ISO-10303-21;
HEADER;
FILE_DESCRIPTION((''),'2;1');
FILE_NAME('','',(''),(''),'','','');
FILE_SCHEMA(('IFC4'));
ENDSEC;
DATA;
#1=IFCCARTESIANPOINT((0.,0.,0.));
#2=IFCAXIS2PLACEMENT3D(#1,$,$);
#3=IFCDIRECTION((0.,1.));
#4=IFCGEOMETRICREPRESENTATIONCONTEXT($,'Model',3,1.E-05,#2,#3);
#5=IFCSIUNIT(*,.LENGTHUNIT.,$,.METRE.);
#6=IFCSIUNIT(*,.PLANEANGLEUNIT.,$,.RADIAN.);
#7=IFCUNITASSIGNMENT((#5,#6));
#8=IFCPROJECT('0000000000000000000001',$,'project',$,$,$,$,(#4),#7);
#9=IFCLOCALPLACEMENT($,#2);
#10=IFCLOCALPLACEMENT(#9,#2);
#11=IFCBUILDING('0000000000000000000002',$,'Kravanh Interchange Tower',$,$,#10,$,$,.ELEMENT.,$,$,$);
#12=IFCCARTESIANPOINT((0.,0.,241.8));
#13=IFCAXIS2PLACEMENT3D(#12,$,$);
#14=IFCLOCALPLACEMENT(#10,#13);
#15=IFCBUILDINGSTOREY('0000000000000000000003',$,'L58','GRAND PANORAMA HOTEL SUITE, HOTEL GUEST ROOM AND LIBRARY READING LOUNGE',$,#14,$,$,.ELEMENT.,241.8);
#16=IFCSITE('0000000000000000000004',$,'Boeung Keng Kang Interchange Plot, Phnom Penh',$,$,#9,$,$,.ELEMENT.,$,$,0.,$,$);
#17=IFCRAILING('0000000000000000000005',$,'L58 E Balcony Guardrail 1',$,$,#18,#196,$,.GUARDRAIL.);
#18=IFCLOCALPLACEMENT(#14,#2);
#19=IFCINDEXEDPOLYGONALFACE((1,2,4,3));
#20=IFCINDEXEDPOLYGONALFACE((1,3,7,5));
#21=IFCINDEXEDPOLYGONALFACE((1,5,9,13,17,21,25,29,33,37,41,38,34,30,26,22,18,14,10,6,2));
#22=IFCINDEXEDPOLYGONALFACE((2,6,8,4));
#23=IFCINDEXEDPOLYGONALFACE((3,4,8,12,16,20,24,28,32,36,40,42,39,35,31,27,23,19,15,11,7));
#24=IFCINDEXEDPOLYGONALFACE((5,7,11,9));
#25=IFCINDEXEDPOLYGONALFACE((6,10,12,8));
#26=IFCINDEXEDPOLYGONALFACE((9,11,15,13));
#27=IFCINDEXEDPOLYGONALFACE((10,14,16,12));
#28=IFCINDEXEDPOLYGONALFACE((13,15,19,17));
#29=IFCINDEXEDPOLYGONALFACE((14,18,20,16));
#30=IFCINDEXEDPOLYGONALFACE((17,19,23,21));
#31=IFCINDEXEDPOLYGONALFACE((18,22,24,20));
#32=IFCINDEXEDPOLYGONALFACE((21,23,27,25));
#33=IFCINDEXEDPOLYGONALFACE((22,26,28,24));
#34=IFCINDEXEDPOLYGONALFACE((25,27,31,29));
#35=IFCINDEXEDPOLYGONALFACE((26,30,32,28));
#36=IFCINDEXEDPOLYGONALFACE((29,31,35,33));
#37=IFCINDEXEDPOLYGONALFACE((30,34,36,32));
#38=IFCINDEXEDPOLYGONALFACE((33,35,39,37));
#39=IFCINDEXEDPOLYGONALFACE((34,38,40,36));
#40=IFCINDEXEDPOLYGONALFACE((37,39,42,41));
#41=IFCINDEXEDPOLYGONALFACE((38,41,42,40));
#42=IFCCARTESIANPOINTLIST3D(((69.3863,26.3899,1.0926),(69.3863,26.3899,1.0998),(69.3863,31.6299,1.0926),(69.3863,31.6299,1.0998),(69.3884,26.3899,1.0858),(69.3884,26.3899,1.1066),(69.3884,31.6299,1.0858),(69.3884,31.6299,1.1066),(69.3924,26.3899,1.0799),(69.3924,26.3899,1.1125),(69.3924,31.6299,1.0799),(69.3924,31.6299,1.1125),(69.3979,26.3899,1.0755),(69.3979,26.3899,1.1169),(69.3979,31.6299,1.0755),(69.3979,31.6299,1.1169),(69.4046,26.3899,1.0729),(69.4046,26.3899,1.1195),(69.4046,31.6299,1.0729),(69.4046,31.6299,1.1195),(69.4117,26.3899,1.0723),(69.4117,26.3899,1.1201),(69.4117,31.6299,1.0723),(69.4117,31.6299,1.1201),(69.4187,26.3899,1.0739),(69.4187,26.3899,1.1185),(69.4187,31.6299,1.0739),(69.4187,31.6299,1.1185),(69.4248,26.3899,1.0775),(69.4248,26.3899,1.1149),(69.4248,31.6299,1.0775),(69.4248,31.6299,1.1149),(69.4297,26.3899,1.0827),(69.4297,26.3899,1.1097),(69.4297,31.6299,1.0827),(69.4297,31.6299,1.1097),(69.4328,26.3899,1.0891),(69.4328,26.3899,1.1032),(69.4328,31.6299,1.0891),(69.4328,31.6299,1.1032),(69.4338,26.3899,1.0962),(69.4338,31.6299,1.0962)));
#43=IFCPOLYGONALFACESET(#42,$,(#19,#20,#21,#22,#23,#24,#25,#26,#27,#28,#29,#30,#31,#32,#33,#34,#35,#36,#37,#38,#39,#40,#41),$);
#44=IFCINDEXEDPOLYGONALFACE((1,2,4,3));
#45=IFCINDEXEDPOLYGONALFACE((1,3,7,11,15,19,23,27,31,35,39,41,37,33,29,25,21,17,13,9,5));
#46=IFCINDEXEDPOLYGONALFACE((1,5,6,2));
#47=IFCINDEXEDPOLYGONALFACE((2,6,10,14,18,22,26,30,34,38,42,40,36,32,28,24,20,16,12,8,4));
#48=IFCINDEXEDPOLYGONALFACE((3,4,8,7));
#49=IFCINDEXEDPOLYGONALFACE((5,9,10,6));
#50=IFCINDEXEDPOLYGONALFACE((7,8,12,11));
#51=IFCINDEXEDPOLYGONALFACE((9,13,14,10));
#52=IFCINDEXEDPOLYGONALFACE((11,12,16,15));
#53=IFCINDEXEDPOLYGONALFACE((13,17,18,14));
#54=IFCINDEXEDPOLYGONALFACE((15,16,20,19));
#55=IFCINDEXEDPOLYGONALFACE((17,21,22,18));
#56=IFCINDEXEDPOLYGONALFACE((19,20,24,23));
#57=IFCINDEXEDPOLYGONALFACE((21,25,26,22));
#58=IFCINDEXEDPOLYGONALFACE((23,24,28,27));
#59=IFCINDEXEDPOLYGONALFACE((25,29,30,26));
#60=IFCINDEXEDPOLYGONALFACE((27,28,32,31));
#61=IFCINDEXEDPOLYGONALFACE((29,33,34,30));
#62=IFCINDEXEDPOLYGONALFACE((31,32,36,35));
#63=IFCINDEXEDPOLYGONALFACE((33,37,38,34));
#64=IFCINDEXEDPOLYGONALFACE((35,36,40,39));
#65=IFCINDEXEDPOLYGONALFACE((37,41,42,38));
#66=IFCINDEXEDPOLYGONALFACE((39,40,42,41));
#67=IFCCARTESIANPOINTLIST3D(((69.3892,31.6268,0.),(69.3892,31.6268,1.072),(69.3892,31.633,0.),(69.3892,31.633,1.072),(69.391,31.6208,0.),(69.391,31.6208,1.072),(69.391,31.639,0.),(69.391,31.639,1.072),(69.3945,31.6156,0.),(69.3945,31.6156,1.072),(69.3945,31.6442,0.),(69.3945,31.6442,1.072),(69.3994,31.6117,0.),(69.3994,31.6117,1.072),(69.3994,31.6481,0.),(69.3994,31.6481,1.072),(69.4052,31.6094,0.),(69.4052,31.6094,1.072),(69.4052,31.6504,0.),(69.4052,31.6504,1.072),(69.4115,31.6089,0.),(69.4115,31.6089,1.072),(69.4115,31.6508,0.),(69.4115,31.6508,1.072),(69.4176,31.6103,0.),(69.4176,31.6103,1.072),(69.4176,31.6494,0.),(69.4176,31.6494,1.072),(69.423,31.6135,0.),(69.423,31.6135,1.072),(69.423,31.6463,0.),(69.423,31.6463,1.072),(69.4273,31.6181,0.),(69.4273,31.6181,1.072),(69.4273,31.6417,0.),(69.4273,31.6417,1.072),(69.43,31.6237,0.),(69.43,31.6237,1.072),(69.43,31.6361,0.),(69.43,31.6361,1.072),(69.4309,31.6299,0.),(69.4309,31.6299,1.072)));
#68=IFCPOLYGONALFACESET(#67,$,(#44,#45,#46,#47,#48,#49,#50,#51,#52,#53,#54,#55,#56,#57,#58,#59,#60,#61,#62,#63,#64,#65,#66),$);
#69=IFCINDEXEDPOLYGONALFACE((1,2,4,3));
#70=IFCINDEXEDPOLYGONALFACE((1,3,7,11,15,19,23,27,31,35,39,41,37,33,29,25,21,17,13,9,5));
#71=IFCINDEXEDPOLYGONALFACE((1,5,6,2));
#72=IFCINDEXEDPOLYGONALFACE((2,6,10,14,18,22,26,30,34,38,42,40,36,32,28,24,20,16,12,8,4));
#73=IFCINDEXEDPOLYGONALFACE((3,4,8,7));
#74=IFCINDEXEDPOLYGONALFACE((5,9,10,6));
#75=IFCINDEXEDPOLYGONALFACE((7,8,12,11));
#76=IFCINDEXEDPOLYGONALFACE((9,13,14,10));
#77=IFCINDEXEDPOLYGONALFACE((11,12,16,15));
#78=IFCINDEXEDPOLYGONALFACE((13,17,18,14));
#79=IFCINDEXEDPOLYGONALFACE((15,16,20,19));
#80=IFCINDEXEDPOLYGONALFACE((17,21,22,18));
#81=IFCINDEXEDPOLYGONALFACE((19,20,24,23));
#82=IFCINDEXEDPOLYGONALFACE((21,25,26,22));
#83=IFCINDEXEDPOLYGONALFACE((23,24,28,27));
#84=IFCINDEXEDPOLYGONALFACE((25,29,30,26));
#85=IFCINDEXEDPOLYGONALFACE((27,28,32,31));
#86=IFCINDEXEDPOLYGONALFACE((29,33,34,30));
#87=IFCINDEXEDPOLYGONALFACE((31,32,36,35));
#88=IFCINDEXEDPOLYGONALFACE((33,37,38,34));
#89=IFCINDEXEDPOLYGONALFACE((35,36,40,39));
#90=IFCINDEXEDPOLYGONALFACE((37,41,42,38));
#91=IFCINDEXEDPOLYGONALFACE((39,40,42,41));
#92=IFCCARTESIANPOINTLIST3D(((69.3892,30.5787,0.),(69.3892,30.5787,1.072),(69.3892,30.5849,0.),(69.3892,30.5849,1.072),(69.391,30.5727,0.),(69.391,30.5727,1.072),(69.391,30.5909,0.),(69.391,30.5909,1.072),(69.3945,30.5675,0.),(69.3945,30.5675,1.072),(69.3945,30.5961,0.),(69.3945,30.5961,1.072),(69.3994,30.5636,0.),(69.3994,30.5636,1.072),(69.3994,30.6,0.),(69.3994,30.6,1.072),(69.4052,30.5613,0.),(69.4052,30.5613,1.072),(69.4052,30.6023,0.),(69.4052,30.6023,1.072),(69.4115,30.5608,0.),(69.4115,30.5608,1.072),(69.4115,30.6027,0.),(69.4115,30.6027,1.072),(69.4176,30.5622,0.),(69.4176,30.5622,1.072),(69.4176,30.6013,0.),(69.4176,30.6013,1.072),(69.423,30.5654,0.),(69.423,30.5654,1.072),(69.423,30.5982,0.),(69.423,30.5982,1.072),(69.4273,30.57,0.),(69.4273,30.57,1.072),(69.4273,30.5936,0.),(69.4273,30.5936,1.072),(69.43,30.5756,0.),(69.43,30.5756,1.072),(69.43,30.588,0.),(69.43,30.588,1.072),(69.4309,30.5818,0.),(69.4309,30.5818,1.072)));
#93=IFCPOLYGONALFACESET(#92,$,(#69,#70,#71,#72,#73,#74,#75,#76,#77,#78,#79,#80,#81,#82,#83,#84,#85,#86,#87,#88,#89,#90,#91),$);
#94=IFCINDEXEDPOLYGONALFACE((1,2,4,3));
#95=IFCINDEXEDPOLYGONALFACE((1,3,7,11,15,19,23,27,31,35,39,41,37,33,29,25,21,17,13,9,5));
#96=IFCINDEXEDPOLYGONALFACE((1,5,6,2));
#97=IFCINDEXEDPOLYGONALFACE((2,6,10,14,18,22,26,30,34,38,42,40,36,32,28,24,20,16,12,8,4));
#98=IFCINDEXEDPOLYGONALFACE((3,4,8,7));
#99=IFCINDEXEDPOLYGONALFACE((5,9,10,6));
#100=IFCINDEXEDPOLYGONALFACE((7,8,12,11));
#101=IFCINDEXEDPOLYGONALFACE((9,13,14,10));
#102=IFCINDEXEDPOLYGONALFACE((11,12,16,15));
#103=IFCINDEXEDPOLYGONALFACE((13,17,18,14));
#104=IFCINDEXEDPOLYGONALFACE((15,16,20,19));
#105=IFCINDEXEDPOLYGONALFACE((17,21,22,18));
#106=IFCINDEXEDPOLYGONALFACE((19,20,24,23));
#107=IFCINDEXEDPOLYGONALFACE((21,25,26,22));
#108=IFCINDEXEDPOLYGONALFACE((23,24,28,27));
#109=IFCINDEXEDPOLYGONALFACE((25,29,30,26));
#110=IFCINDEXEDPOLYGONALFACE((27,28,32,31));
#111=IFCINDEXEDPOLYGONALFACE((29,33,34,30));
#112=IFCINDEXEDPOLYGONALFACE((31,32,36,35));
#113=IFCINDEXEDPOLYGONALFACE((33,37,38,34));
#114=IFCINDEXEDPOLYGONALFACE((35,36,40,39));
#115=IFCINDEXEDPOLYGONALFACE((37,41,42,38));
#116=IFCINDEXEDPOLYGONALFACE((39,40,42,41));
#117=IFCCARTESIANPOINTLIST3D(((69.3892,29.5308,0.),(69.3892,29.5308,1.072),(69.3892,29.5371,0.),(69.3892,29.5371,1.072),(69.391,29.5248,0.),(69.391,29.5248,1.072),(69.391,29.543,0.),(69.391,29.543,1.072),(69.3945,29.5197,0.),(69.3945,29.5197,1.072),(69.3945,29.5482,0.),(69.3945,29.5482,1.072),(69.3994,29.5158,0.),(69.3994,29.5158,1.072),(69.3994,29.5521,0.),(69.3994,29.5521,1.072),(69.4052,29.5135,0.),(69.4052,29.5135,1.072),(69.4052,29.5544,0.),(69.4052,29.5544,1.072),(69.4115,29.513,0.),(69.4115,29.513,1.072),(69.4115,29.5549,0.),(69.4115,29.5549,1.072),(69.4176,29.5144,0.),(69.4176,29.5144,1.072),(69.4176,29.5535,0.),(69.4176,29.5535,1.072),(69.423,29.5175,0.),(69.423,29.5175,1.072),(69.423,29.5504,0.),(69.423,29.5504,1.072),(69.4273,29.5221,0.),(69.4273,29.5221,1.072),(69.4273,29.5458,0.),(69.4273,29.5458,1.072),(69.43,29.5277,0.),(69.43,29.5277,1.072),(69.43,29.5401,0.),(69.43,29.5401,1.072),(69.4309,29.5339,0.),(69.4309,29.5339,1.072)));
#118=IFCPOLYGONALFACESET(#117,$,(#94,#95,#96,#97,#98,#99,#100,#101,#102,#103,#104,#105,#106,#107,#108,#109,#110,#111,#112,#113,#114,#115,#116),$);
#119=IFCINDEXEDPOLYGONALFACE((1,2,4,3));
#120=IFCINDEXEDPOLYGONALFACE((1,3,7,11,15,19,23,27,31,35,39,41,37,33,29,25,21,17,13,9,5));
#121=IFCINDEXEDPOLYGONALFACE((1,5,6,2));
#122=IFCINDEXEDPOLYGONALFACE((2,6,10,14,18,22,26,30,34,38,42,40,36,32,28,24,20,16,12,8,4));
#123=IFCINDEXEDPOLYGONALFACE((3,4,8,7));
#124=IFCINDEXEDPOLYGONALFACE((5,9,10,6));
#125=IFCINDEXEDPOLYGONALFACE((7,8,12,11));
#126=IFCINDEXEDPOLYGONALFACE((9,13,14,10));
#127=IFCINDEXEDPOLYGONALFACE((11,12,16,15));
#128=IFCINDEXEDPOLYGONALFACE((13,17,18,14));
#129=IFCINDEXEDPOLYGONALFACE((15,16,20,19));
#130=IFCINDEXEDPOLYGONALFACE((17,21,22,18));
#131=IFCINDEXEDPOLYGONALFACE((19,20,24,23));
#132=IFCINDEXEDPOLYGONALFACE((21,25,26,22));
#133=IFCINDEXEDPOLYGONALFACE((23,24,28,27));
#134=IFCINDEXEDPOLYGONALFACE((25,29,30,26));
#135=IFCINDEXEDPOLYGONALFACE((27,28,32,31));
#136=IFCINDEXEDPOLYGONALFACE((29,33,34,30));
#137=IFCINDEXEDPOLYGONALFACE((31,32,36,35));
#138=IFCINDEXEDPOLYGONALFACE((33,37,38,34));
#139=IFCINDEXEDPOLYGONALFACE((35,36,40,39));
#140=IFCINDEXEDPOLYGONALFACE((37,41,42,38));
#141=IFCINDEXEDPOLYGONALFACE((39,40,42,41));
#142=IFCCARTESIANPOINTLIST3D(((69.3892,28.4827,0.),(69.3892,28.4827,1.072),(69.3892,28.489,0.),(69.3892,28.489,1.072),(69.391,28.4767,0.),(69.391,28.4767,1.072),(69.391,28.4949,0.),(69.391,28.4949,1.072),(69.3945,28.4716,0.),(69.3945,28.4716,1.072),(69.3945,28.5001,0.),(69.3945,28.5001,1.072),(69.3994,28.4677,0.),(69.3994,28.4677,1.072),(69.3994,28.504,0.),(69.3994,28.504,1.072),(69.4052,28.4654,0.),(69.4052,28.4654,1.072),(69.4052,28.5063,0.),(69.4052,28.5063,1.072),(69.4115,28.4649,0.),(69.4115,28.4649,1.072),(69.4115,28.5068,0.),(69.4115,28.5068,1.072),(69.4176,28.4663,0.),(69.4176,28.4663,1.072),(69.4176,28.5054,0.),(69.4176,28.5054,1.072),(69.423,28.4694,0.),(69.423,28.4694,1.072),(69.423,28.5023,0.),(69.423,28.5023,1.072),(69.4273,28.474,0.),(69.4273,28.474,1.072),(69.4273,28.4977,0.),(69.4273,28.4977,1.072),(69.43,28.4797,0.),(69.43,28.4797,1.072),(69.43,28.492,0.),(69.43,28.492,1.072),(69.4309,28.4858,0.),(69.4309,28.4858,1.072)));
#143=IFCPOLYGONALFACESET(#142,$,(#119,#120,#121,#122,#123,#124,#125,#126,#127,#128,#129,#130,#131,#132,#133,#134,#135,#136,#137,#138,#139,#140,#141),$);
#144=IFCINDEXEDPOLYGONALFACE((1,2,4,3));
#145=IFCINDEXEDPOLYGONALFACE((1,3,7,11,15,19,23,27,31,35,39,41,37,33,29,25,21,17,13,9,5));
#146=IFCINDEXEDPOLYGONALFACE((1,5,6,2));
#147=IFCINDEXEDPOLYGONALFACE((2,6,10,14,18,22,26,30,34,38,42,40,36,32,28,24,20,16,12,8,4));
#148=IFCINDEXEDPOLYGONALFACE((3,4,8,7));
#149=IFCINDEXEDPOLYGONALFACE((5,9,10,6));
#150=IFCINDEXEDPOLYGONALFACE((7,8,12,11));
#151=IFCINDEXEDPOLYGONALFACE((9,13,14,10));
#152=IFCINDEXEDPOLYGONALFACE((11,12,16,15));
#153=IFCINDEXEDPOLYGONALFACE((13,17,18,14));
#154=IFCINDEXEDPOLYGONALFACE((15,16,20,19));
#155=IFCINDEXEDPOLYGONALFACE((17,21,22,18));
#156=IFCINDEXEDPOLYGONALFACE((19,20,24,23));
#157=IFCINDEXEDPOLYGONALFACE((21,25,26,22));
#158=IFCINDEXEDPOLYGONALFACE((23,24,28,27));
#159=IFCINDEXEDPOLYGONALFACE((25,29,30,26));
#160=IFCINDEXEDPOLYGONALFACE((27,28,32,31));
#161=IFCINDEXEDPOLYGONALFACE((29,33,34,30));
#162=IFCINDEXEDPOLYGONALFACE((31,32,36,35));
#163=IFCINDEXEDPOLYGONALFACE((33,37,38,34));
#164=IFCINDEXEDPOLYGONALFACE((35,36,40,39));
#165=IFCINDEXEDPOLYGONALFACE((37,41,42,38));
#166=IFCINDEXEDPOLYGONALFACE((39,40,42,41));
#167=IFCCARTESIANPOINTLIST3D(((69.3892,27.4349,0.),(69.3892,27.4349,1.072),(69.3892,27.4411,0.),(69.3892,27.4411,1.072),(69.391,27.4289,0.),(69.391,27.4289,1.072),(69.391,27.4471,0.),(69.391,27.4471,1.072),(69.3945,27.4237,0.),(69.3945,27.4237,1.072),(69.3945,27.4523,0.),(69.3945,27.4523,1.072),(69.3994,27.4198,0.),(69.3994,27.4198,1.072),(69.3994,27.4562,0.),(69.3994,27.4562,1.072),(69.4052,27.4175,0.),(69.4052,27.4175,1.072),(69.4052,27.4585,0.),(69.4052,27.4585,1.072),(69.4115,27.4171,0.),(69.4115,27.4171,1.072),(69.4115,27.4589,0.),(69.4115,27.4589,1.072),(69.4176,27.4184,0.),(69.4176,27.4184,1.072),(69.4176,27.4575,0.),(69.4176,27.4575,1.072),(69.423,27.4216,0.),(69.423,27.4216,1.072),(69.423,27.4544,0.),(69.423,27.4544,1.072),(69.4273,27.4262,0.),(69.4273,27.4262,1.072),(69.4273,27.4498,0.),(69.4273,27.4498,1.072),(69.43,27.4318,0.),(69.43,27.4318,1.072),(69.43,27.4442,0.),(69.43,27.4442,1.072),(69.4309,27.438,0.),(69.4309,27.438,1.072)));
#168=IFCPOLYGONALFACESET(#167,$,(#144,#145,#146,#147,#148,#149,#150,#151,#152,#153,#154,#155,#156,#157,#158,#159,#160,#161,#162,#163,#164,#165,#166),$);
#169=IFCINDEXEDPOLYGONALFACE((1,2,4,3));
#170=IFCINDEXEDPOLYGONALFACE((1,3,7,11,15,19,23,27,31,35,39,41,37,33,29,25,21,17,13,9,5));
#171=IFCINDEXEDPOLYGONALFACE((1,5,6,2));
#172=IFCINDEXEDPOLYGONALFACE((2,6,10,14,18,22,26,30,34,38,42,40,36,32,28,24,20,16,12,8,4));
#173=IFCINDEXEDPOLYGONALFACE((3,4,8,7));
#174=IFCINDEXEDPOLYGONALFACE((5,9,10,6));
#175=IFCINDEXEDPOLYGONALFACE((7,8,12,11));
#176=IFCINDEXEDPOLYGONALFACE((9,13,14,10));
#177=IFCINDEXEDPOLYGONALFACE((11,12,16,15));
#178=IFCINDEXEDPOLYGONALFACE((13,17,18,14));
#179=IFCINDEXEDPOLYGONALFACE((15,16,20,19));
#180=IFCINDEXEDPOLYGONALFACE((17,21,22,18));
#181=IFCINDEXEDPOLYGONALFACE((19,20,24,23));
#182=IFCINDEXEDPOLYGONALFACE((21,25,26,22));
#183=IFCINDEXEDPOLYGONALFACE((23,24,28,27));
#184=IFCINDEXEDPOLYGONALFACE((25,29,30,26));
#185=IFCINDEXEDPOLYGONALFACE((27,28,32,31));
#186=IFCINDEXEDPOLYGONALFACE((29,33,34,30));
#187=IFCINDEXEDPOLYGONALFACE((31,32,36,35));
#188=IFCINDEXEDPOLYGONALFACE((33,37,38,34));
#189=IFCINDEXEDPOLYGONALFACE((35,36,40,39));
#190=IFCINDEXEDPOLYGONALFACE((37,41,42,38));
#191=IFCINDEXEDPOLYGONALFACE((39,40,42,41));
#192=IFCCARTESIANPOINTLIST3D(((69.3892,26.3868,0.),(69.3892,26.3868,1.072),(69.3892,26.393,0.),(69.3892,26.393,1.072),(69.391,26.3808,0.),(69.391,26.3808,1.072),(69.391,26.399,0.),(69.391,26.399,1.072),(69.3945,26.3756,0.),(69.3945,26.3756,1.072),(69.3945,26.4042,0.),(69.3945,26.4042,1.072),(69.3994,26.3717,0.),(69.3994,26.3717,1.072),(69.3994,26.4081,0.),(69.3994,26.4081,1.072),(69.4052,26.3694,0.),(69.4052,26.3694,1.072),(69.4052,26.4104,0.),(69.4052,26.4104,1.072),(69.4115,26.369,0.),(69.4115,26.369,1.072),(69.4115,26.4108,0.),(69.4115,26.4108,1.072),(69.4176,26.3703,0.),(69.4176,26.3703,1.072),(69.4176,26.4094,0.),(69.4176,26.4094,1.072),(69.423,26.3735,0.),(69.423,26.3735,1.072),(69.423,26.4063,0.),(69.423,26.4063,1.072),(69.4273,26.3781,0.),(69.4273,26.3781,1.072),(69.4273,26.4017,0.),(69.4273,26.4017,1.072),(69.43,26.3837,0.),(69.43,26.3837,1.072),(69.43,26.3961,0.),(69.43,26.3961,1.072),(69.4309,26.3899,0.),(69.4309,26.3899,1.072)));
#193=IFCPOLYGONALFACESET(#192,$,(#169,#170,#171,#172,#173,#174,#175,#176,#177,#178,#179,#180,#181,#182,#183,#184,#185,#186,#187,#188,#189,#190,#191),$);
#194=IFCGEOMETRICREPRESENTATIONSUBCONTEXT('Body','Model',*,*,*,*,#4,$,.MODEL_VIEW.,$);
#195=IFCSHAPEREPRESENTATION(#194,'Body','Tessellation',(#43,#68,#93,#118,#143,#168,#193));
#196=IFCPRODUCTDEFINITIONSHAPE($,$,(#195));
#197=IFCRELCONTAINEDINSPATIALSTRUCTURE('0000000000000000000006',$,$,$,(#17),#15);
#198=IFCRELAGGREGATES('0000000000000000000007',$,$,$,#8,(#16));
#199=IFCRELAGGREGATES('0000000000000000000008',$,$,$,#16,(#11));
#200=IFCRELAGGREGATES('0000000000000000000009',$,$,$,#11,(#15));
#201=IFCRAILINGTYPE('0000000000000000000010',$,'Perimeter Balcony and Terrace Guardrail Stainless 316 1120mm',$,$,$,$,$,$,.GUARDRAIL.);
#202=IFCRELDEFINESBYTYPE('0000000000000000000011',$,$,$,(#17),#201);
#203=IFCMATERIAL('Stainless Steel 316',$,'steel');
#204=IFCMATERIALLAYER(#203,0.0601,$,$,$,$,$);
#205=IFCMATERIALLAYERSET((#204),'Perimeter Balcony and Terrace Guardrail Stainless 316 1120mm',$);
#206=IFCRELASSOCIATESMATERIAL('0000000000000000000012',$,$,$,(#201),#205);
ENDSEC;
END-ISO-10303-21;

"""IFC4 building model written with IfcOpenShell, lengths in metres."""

from ifc_helpers import new_model, si_unit, direction, frame, origin, origin_2d, place, context, subcontext, project, spatial, circle, extrude, material, layer, layer_set, type_object, element, save


model = new_model("IFC4")

# Units and contexts
model_context = context("Model", 3, precision=1e-05, world=origin(), true_north=direction((0.0, 1.0)))
body_context = subcontext(model_context, "Body", "Model", "MODEL_VIEW")
ifc_project = project(units=[si_unit("LENGTHUNIT", "METRE"), si_unit("PLANEANGLEUNIT", "RADIAN")], contexts=[model_context])

# Site, building, storey
site_placement = place(None, origin())
site = spatial("IfcSite", under=ifc_project, at=site_placement, Name="Boeung Keng Kang Interchange Plot, Phnom Penh", CompositionType="ELEMENT", RefElevation=0.0)
building_placement = place(site_placement, origin())
building = spatial("IfcBuilding", under=site, at=building_placement, Name="Kravanh Interchange Tower", CompositionType="ELEMENT")
storey_placement = place(building_placement, frame((0.0, 0.0, 241.8)))
storey = spatial("IfcBuildingStorey", under=building, at=storey_placement, Name="L58", Description="GRAND PANORAMA HOTEL SUITE, HOTEL GUEST ROOM AND LIBRARY READING LOUNGE", CompositionType="ELEMENT", Elevation=241.8)

# Railing
ifc_material_1 = material(Name="Stainless Steel 316", Category="steel")
ifc_layer_1 = layer(ifc_material_1, 0.0601)
ifc_layer_set_1 = layer_set([ifc_layer_1], Name="Perimeter Balcony and Terrace Guardrail Stainless 316 1120mm")
railing_type = type_object("IfcRailingType", Name="Perimeter Balcony and Terrace Guardrail Stainless 316 1120mm", PredefinedType="GUARDRAIL", material=ifc_layer_set_1)
railing_1_placement = place(storey_placement, frame((69.4099, 31.6299, 0.0)))
element("IfcRailing", 1, at=railing_1_placement, inside=storey, type_object=railing_type, Name="L58 E Balcony Guardrail 1", PredefinedType="GUARDRAIL", context=body_context, shape_type="SweptSolid", body=[
    extrude(circle(Radius=0.0239, at=origin_2d()), frame((0.0, 0.0, 1.0962), z_axis=(0.0, -1.0, 0.0), x_axis=(1.0, 0.0, 0.0)), (0.0, 0.0, 1.0), 5.24),
    extrude(circle(Radius=0.021, at=origin_2d()), origin(), (0.0, 0.0, 1.0), 1.072),
    extrude(circle(Radius=0.021, at=origin_2d()), frame((0.0, -1.0481, 0.0)), (0.0, 0.0, 1.0), 1.072),
    extrude(circle(Radius=0.021, at=origin_2d()), frame((0.0, -2.0959, 0.0)), (0.0, 0.0, 1.0), 1.072),
    extrude(circle(Radius=0.021, at=origin_2d()), frame((0.0, -3.144, 0.0)), (0.0, 0.0, 1.0), 1.072),
    extrude(circle(Radius=0.021, at=origin_2d()), frame((0.0, -4.1919, 0.0)), (0.0, 0.0, 1.0), 1.072),
    extrude(circle(Radius=0.021, at=origin_2d()), frame((0.0, -5.24, 0.0)), (0.0, 0.0, 1.0), 1.072),
])

save(model, "model.ifc")
